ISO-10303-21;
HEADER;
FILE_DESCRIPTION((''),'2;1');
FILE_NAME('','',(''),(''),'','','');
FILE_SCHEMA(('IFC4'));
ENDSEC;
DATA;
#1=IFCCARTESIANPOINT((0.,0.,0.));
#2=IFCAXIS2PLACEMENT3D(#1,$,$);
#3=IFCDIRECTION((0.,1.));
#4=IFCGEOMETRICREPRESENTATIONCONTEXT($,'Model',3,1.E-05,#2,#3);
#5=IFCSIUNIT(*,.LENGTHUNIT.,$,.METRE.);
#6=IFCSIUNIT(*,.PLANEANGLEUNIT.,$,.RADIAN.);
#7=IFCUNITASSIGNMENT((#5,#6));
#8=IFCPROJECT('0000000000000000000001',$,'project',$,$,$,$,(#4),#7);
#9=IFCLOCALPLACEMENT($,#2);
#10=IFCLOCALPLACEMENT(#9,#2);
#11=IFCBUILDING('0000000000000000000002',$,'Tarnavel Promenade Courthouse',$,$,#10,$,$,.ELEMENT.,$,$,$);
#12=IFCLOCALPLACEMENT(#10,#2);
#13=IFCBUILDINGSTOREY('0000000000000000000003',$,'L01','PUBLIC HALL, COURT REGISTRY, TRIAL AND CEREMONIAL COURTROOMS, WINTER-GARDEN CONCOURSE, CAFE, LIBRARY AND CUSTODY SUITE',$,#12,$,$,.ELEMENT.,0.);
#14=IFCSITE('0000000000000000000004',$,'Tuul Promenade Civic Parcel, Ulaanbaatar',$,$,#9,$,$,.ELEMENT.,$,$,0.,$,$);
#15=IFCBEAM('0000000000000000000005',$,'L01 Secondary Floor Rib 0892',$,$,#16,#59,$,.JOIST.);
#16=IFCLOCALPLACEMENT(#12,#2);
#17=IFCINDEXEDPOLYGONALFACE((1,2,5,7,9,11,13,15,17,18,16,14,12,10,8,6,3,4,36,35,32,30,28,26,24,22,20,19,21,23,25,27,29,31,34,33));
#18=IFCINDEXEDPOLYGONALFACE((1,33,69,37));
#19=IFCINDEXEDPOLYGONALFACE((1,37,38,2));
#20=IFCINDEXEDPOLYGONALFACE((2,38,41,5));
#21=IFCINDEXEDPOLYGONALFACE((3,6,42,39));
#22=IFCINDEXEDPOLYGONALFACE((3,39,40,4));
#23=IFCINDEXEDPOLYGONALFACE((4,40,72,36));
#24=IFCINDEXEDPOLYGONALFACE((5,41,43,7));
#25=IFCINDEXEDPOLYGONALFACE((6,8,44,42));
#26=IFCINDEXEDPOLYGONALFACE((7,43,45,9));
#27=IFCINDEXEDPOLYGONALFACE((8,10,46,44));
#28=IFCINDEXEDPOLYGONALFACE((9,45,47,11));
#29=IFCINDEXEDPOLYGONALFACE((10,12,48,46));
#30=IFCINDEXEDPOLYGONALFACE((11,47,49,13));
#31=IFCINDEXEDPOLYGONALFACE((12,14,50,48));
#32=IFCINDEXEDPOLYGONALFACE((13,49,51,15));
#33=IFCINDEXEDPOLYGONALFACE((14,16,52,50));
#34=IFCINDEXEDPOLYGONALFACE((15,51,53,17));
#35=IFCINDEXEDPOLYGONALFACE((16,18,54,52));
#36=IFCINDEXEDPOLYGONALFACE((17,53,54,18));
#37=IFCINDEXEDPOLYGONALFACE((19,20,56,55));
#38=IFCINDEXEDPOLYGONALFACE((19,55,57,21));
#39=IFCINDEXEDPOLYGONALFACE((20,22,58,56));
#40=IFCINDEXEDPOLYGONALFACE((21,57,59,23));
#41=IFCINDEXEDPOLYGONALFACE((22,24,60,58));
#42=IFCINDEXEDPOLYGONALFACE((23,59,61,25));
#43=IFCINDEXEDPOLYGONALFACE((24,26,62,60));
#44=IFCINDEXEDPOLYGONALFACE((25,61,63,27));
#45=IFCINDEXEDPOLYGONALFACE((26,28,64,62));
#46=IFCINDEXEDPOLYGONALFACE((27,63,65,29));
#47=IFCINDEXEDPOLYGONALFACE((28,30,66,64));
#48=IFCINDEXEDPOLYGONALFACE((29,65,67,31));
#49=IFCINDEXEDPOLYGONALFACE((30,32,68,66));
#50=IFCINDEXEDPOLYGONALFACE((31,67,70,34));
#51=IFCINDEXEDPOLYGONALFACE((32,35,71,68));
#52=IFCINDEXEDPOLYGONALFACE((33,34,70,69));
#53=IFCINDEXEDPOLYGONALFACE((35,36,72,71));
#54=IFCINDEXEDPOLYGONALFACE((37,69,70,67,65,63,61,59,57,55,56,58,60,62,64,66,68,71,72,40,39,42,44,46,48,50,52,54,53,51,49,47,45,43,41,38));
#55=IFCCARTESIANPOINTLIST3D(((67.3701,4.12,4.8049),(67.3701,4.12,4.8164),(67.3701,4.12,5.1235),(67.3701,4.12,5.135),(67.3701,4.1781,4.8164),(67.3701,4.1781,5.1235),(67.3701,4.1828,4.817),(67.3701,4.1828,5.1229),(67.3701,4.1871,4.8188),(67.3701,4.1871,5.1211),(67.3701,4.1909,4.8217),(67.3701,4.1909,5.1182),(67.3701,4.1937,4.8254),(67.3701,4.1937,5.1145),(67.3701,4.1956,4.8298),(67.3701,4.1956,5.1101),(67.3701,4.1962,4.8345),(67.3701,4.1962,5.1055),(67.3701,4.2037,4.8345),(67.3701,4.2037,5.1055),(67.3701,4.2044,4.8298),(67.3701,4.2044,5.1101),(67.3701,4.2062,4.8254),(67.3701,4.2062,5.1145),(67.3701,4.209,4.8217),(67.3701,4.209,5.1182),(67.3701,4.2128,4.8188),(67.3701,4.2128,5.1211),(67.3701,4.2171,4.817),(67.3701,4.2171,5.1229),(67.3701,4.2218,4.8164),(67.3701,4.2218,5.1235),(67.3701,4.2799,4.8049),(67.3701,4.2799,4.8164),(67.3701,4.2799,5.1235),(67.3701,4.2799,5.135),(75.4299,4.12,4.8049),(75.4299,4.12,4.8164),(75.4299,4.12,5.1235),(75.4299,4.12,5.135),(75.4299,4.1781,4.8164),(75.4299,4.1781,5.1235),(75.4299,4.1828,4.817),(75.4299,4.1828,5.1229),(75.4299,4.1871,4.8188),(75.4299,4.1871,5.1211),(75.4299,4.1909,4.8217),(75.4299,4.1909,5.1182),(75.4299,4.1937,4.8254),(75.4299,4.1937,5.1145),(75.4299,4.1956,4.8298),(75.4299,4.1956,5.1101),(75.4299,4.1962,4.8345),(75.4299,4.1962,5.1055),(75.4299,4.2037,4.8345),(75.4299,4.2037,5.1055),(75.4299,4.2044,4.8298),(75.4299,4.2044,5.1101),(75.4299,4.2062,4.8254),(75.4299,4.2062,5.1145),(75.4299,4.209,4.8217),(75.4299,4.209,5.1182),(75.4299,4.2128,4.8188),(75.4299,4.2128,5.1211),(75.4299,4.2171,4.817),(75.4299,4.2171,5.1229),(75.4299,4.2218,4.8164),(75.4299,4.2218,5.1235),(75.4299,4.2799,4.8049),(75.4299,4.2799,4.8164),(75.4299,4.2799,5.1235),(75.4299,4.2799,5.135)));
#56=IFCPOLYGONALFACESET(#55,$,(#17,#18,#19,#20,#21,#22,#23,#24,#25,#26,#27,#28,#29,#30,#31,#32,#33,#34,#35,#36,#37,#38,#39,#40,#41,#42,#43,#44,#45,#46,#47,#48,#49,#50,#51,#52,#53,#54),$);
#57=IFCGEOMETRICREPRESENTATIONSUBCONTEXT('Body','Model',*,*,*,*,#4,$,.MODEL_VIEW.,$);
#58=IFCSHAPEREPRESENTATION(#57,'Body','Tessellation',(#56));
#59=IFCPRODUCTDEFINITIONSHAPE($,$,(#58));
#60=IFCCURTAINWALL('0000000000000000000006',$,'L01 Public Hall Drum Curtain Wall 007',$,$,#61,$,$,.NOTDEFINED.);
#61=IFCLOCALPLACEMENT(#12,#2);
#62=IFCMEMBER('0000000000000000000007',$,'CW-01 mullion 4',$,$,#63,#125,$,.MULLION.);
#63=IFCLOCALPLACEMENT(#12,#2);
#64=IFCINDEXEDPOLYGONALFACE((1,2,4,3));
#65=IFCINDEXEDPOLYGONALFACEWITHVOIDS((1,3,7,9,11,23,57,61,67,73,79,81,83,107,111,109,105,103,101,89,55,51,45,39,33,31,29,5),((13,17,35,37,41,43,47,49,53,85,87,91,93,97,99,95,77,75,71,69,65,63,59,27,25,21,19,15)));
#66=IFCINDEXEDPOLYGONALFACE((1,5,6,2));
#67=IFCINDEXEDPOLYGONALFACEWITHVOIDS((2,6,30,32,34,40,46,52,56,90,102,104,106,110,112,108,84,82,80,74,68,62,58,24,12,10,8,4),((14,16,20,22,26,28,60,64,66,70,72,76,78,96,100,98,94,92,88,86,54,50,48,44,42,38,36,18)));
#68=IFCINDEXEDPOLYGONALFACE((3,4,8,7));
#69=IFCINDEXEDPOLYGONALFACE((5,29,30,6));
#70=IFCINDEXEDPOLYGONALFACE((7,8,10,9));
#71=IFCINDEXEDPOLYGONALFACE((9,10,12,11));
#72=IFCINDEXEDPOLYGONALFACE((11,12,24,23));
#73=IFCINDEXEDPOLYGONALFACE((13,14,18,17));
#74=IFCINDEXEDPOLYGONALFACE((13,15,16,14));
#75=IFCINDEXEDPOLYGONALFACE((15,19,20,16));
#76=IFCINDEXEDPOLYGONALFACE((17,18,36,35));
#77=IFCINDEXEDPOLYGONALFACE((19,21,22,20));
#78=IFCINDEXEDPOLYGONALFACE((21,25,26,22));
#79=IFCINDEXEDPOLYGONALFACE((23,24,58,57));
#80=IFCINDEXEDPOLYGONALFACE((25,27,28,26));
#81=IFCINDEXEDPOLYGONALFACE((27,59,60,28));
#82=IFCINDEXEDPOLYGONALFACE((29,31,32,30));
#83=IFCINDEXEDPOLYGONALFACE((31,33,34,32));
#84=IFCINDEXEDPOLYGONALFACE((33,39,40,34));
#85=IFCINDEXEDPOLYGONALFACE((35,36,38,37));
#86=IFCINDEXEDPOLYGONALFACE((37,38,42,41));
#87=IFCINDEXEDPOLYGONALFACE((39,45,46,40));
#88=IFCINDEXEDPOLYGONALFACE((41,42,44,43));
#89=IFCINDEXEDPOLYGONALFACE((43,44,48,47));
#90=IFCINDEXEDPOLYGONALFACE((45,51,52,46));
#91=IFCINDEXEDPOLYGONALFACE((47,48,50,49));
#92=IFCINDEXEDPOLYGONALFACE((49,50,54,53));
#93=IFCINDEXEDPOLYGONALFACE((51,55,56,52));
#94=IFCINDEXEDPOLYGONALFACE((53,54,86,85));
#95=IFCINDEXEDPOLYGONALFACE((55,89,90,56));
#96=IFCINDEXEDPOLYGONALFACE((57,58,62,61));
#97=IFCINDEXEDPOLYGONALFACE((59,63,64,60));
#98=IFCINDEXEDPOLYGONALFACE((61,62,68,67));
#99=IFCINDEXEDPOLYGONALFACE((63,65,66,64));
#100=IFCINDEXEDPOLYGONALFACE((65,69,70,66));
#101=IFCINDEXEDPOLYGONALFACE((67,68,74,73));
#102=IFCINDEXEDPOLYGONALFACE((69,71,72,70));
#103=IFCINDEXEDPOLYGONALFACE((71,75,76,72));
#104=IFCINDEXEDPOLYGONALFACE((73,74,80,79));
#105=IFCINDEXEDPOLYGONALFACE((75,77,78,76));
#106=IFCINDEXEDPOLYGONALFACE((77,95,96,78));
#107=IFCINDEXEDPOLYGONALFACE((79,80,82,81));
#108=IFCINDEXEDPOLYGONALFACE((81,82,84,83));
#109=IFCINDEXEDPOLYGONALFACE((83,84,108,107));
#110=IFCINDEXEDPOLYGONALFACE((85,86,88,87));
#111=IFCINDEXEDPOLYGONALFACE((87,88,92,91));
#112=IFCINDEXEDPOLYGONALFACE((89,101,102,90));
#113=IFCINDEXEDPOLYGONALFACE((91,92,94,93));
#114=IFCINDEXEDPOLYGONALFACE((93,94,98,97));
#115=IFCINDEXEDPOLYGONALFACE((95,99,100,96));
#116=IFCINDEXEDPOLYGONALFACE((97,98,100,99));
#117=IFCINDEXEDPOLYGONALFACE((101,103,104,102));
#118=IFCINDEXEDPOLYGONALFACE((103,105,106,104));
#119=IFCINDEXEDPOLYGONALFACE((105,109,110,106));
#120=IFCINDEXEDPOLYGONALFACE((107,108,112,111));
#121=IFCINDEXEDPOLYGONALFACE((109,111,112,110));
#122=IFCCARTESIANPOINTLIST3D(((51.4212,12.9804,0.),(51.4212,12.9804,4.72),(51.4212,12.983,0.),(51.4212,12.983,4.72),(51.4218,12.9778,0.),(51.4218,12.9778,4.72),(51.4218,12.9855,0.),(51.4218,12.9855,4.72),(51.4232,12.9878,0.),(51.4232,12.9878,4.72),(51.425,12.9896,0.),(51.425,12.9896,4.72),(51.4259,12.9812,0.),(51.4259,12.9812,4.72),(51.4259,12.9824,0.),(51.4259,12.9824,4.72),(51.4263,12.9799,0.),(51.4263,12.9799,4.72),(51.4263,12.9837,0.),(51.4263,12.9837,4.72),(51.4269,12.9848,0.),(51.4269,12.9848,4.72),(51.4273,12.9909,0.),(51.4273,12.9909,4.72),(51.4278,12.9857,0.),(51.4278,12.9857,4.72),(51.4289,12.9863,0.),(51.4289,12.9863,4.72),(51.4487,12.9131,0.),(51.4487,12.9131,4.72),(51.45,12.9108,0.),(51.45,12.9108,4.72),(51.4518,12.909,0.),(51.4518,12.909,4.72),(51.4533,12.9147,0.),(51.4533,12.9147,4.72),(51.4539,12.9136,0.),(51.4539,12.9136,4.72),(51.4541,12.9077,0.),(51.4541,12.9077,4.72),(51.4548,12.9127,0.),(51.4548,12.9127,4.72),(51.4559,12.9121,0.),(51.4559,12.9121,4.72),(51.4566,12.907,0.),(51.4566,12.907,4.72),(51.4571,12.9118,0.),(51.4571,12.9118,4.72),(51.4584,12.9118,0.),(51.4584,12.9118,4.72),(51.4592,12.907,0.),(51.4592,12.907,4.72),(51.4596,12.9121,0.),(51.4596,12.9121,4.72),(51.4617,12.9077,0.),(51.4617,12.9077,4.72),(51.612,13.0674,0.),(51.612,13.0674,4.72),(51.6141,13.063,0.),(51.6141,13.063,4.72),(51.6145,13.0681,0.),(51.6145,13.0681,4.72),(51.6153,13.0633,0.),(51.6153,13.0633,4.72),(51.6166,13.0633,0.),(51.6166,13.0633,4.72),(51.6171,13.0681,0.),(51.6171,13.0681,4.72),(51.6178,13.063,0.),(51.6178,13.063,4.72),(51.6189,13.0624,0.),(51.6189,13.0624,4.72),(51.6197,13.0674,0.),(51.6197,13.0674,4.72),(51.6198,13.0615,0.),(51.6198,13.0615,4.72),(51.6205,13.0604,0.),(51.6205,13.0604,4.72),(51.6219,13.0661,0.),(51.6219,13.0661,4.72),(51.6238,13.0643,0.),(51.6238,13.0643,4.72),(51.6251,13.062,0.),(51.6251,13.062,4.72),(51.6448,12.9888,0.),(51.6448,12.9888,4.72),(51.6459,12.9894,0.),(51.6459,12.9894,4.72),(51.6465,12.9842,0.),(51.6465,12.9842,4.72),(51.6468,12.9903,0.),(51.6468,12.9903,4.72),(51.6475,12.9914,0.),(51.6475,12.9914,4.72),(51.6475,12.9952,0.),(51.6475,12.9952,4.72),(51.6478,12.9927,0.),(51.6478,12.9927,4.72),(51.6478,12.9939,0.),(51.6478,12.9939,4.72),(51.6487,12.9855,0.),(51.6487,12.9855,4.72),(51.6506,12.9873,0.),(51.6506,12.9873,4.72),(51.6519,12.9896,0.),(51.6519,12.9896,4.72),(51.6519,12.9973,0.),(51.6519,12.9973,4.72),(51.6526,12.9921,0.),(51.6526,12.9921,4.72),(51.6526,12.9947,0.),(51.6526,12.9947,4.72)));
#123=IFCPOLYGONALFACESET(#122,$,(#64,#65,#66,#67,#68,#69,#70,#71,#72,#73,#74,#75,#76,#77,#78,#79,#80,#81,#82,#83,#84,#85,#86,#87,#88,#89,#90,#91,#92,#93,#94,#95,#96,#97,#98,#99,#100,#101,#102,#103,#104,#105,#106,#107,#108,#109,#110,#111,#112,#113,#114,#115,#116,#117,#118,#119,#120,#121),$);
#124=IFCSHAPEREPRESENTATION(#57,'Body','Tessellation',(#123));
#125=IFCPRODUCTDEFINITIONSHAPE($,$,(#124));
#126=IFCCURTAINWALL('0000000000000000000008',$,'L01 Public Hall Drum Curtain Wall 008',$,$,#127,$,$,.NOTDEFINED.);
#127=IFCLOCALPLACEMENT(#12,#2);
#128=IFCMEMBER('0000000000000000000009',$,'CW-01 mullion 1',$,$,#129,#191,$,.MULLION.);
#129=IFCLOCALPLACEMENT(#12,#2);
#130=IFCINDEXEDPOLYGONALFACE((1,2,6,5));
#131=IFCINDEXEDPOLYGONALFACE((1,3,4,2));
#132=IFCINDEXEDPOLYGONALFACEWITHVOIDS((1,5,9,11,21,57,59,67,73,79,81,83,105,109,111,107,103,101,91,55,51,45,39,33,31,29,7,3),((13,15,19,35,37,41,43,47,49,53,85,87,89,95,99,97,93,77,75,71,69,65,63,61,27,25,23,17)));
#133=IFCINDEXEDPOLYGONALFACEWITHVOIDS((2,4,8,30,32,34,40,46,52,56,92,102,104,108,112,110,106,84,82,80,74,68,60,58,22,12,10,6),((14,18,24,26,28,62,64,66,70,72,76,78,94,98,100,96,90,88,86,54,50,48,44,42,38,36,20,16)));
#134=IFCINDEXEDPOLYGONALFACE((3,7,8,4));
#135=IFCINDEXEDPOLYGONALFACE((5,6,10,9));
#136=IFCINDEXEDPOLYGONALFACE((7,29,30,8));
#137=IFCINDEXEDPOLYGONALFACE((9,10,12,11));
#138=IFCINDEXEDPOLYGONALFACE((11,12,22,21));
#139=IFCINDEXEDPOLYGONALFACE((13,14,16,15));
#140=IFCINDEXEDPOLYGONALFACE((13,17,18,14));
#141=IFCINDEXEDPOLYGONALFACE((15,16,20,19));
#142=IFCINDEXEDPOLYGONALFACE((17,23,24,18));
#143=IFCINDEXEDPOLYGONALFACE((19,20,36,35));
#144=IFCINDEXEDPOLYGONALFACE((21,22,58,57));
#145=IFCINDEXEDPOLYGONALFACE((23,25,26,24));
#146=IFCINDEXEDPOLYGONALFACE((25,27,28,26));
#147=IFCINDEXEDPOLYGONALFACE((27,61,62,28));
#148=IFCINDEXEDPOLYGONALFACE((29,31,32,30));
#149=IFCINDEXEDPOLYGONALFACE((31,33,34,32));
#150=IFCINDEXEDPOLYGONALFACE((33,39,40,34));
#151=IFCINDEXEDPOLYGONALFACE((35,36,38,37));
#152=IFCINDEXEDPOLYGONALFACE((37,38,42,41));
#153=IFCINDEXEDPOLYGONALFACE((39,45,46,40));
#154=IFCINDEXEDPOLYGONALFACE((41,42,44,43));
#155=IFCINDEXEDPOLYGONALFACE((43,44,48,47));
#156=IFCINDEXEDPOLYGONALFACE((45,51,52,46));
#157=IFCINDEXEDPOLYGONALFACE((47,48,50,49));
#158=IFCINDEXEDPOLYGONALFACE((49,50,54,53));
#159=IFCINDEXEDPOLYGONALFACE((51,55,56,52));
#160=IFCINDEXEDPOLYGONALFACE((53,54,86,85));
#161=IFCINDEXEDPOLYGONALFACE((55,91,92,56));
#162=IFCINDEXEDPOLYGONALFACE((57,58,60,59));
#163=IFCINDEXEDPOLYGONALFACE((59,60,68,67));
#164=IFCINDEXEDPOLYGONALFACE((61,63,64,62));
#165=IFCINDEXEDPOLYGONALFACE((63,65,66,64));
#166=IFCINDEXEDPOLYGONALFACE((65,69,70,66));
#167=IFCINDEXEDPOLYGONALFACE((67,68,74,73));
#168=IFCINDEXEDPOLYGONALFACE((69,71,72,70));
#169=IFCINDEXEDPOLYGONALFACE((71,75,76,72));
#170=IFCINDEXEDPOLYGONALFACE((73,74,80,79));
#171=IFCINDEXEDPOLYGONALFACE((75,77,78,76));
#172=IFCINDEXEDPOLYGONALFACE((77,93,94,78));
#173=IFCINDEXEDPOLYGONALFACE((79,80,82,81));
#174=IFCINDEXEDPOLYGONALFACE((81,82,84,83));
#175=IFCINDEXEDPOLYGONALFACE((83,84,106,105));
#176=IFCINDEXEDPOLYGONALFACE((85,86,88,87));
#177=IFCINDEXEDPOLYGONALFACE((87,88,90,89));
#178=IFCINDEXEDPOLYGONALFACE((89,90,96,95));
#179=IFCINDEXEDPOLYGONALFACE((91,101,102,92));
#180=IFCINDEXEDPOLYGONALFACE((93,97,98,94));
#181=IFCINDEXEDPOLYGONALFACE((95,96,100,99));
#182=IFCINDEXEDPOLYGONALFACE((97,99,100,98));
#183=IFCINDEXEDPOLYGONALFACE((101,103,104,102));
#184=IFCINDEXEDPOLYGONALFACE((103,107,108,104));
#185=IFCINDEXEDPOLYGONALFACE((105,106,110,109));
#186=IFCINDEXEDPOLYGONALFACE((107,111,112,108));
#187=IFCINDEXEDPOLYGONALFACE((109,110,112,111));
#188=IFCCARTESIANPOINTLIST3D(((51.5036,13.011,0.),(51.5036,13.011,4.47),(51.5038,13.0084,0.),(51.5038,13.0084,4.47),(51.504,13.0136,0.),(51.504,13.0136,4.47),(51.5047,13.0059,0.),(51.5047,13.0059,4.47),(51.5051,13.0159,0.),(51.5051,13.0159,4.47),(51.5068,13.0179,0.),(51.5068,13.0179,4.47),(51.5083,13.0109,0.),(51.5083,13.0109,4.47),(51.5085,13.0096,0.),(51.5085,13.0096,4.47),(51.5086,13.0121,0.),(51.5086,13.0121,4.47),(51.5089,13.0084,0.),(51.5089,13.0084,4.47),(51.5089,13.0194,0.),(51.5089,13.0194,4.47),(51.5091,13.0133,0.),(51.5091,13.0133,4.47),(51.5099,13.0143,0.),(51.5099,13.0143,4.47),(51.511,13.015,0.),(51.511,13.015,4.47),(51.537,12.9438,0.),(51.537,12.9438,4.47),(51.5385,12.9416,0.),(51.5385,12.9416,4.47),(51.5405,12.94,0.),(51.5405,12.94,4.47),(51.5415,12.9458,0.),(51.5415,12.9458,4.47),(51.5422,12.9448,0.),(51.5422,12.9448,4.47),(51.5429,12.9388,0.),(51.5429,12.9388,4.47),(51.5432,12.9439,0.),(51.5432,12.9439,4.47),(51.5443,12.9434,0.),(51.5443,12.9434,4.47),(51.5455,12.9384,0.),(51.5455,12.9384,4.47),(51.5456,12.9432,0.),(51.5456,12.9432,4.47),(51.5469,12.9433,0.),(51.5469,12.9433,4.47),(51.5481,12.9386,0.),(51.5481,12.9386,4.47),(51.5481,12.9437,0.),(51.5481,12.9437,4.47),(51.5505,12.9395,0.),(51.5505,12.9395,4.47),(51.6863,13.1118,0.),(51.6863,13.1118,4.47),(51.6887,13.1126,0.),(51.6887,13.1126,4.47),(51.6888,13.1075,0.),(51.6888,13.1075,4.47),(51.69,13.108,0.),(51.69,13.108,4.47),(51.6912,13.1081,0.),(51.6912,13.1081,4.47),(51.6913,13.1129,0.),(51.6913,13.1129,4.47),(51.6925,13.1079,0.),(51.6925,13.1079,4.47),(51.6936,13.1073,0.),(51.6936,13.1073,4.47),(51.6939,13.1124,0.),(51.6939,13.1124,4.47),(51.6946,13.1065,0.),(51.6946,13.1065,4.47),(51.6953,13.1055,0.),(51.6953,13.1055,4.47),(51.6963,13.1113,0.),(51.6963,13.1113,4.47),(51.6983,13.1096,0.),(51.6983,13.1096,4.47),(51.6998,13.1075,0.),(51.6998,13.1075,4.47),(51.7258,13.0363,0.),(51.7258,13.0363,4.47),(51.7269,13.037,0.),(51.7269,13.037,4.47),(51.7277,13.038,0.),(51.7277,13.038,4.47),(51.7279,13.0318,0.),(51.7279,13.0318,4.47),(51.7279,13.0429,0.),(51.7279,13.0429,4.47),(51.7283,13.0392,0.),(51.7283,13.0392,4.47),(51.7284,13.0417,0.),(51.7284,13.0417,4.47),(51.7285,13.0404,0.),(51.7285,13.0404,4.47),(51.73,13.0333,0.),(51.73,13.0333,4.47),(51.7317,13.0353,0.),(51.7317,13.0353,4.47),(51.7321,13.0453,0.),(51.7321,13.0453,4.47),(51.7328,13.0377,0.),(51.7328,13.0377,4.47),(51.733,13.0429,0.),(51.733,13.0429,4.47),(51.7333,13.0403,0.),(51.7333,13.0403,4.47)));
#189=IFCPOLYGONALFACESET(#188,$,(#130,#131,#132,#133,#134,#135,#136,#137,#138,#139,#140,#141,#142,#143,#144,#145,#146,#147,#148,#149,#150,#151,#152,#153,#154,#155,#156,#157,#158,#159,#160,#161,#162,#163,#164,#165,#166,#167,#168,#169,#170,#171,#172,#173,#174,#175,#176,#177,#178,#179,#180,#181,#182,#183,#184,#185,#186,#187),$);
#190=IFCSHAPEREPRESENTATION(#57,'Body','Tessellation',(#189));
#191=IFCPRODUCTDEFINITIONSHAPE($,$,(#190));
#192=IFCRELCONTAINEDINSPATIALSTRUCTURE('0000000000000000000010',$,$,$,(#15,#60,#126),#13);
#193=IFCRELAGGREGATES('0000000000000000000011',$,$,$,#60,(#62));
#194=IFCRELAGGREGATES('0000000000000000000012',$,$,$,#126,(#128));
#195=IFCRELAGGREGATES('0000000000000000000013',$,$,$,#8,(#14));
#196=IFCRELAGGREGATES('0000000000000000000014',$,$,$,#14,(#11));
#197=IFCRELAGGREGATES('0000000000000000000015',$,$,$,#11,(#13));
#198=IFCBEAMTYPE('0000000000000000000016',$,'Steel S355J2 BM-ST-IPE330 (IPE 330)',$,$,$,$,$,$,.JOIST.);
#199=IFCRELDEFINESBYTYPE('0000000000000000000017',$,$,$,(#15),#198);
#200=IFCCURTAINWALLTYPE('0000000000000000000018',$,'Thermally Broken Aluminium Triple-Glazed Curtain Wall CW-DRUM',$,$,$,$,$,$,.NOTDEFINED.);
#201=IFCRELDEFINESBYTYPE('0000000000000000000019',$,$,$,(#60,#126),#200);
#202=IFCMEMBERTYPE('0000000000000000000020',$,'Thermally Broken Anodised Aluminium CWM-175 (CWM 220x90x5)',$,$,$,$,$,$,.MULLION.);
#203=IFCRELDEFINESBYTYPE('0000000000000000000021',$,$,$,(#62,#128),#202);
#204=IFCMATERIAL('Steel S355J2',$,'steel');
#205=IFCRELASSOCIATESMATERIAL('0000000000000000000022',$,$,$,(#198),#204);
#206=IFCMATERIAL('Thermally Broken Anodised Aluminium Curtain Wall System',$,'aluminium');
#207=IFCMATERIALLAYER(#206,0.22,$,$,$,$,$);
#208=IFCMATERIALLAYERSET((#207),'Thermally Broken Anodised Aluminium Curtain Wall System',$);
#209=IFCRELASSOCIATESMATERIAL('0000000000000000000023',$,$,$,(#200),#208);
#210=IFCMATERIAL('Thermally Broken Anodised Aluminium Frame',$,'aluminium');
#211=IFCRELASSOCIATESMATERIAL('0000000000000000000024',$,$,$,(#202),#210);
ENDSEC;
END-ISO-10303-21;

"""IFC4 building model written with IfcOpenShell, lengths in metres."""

from ifc_helpers import new_model, si_unit, direction, frame, origin, origin_2d, place, context, subcontext, project, spatial, hollow_rectangle, i_section, extrude, material, layer, layer_set, material_profile, profile_set, type_object, element, aggregate, save


model = new_model("IFC4")

# Units and contexts
model_context = context("Model", 3, precision=1e-05, world=origin(), true_north=direction((0.0, 1.0)))
body_context = subcontext(model_context, "Body", "Model", "MODEL_VIEW")
ifc_project = project(units=[si_unit("LENGTHUNIT", "METRE"), si_unit("PLANEANGLEUNIT", "RADIAN")], contexts=[model_context])

# Site, building, storey
site_placement = place(None, origin())
site = spatial("IfcSite", under=ifc_project, at=site_placement, Name="Tuul Promenade Civic Parcel, Ulaanbaatar", CompositionType="ELEMENT", RefElevation=0.0)
building_placement = place(site_placement, origin())
building = spatial("IfcBuilding", under=site, at=building_placement, Name="Tarnavel Promenade Courthouse", CompositionType="ELEMENT")
storey_placement = place(building_placement, origin())
storey = spatial("IfcBuildingStorey", under=building, at=storey_placement, Name="L01", Description="PUBLIC HALL, COURT REGISTRY, TRIAL AND CEREMONIAL COURTROOMS, WINTER-GARDEN CONCOURSE, CAFE, LIBRARY AND CUSTODY SUITE", CompositionType="ELEMENT", Elevation=0.0)

# Beam
ifc_material_1 = material(Name="Steel S355J2", Category="steel")
ifc_material_profile_1 = material_profile(ifc_material_1, i_section(OverallWidth=0.1599, OverallDepth=0.3301, WebThickness=0.0076, FlangeThickness=0.0115, FilletRadius=0.0181, at=origin_2d()), Name="IPE 330")
ifc_profile_set_1 = profile_set([ifc_material_profile_1], Name="Steel S355J2")
beam_type_1 = type_object("IfcBeamType", Name="Steel S355J2 BM-ST-IPE330 (IPE 330)", PredefinedType="JOIST", material=ifc_profile_set_1)
beam_1_placement = place(storey_placement, frame((67.3701, 4.2, 4.97), z_axis=(1.0, 0.0, 0.0), x_axis=(0.0, 1.0, 0.0)))
element("IfcBeam", 1, at=beam_1_placement, inside=storey, type_object=beam_type_1, Name="L01 Secondary Floor Rib 0892", PredefinedType="JOIST", context=body_context, shape_type="SweptSolid", body=[
    extrude(i_section(OverallWidth=0.1599, OverallDepth=0.3301, WebThickness=0.0076, FlangeThickness=0.0115, FilletRadius=0.0181, at=origin_2d()), origin(), (0.0, 0.0, 1.0), 8.0598),
])

# Curtain wall, member
ifc_material_2 = material(Name="Thermally Broken Anodised Aluminium Curtain Wall System", Category="aluminium")
ifc_layer_1 = layer(ifc_material_2, 0.22)
ifc_layer_set_1 = layer_set([ifc_layer_1], Name="Thermally Broken Anodised Aluminium Curtain Wall System")
curtain_wall_type = type_object("IfcCurtainWallType", Name="Thermally Broken Aluminium Triple-Glazed Curtain Wall CW-DRUM", PredefinedType="NOTDEFINED", material=ifc_layer_set_1)
curtain_wall_1_placement = place(storey_placement, origin())
curtain_wall_1 = element("IfcCurtainWall", 2, at=curtain_wall_1_placement, inside=storey, type_object=curtain_wall_type, Name="L01 Public Hall Drum Curtain Wall 007", PredefinedType="NOTDEFINED")
ifc_material_3 = material(Name="Thermally Broken Anodised Aluminium Frame", Category="aluminium")
ifc_material_profile_2 = material_profile(ifc_material_3, hollow_rectangle(XDim=0.0901, YDim=0.22, WallThickness=0.0049, InnerFilletRadius=0.0049, OuterFilletRadius=0.01, at=origin_2d()), Name="CWM 220x90x5")
ifc_profile_set_2 = profile_set([ifc_material_profile_2], Name="Thermally Broken Anodised Aluminium Frame")
member_type_1 = type_object("IfcMemberType", Name="Thermally Broken Anodised Aluminium CWM-175 (CWM 220x90x5)", PredefinedType="MULLION", material=ifc_profile_set_2)
member_1_placement = place(storey_placement, frame((51.5369, 12.9875, 0.0), z_axis=(0.0, 0.0, 1.0), x_axis=(-0.382685, 0.923879, 0.0)))
member_1 = element("IfcMember", 3, at=member_1_placement, type_object=member_type_1, Name="CW-01 mullion 4", PredefinedType="MULLION", context=body_context, shape_type="SweptSolid", body=[
    extrude(hollow_rectangle(XDim=0.0901, YDim=0.22, WallThickness=0.0049, InnerFilletRadius=0.0049, OuterFilletRadius=0.01, at=origin_2d()), origin(), (0.0, 0.0, 1.0), 4.72),
])

# Curtain wall, member
curtain_wall_2_placement = place(storey_placement, origin())
curtain_wall_2 = element("IfcCurtainWall", 4, at=curtain_wall_2_placement, inside=storey, type_object=curtain_wall_type, Name="L01 Public Hall Drum Curtain Wall 008", PredefinedType="NOTDEFINED")
member_2_placement = place(storey_placement, frame((51.6184, 13.0256, 0.0), z_axis=(0.0, 0.0, 1.0), x_axis=(-0.461747, 0.887012, 0.0)))
member_2 = element("IfcMember", 5, at=member_2_placement, type_object=member_type_1, Name="CW-01 mullion 1", PredefinedType="MULLION", context=body_context, shape_type="SweptSolid", body=[
    extrude(hollow_rectangle(XDim=0.0901, YDim=0.22, WallThickness=0.0049, InnerFilletRadius=0.0049, OuterFilletRadius=0.01, at=origin_2d()), origin(), (0.0, 0.0, 1.0), 4.47),
])

aggregate(curtain_wall_1, [member_1])
aggregate(curtain_wall_2, [member_2])

save(model, "model.ifc")
